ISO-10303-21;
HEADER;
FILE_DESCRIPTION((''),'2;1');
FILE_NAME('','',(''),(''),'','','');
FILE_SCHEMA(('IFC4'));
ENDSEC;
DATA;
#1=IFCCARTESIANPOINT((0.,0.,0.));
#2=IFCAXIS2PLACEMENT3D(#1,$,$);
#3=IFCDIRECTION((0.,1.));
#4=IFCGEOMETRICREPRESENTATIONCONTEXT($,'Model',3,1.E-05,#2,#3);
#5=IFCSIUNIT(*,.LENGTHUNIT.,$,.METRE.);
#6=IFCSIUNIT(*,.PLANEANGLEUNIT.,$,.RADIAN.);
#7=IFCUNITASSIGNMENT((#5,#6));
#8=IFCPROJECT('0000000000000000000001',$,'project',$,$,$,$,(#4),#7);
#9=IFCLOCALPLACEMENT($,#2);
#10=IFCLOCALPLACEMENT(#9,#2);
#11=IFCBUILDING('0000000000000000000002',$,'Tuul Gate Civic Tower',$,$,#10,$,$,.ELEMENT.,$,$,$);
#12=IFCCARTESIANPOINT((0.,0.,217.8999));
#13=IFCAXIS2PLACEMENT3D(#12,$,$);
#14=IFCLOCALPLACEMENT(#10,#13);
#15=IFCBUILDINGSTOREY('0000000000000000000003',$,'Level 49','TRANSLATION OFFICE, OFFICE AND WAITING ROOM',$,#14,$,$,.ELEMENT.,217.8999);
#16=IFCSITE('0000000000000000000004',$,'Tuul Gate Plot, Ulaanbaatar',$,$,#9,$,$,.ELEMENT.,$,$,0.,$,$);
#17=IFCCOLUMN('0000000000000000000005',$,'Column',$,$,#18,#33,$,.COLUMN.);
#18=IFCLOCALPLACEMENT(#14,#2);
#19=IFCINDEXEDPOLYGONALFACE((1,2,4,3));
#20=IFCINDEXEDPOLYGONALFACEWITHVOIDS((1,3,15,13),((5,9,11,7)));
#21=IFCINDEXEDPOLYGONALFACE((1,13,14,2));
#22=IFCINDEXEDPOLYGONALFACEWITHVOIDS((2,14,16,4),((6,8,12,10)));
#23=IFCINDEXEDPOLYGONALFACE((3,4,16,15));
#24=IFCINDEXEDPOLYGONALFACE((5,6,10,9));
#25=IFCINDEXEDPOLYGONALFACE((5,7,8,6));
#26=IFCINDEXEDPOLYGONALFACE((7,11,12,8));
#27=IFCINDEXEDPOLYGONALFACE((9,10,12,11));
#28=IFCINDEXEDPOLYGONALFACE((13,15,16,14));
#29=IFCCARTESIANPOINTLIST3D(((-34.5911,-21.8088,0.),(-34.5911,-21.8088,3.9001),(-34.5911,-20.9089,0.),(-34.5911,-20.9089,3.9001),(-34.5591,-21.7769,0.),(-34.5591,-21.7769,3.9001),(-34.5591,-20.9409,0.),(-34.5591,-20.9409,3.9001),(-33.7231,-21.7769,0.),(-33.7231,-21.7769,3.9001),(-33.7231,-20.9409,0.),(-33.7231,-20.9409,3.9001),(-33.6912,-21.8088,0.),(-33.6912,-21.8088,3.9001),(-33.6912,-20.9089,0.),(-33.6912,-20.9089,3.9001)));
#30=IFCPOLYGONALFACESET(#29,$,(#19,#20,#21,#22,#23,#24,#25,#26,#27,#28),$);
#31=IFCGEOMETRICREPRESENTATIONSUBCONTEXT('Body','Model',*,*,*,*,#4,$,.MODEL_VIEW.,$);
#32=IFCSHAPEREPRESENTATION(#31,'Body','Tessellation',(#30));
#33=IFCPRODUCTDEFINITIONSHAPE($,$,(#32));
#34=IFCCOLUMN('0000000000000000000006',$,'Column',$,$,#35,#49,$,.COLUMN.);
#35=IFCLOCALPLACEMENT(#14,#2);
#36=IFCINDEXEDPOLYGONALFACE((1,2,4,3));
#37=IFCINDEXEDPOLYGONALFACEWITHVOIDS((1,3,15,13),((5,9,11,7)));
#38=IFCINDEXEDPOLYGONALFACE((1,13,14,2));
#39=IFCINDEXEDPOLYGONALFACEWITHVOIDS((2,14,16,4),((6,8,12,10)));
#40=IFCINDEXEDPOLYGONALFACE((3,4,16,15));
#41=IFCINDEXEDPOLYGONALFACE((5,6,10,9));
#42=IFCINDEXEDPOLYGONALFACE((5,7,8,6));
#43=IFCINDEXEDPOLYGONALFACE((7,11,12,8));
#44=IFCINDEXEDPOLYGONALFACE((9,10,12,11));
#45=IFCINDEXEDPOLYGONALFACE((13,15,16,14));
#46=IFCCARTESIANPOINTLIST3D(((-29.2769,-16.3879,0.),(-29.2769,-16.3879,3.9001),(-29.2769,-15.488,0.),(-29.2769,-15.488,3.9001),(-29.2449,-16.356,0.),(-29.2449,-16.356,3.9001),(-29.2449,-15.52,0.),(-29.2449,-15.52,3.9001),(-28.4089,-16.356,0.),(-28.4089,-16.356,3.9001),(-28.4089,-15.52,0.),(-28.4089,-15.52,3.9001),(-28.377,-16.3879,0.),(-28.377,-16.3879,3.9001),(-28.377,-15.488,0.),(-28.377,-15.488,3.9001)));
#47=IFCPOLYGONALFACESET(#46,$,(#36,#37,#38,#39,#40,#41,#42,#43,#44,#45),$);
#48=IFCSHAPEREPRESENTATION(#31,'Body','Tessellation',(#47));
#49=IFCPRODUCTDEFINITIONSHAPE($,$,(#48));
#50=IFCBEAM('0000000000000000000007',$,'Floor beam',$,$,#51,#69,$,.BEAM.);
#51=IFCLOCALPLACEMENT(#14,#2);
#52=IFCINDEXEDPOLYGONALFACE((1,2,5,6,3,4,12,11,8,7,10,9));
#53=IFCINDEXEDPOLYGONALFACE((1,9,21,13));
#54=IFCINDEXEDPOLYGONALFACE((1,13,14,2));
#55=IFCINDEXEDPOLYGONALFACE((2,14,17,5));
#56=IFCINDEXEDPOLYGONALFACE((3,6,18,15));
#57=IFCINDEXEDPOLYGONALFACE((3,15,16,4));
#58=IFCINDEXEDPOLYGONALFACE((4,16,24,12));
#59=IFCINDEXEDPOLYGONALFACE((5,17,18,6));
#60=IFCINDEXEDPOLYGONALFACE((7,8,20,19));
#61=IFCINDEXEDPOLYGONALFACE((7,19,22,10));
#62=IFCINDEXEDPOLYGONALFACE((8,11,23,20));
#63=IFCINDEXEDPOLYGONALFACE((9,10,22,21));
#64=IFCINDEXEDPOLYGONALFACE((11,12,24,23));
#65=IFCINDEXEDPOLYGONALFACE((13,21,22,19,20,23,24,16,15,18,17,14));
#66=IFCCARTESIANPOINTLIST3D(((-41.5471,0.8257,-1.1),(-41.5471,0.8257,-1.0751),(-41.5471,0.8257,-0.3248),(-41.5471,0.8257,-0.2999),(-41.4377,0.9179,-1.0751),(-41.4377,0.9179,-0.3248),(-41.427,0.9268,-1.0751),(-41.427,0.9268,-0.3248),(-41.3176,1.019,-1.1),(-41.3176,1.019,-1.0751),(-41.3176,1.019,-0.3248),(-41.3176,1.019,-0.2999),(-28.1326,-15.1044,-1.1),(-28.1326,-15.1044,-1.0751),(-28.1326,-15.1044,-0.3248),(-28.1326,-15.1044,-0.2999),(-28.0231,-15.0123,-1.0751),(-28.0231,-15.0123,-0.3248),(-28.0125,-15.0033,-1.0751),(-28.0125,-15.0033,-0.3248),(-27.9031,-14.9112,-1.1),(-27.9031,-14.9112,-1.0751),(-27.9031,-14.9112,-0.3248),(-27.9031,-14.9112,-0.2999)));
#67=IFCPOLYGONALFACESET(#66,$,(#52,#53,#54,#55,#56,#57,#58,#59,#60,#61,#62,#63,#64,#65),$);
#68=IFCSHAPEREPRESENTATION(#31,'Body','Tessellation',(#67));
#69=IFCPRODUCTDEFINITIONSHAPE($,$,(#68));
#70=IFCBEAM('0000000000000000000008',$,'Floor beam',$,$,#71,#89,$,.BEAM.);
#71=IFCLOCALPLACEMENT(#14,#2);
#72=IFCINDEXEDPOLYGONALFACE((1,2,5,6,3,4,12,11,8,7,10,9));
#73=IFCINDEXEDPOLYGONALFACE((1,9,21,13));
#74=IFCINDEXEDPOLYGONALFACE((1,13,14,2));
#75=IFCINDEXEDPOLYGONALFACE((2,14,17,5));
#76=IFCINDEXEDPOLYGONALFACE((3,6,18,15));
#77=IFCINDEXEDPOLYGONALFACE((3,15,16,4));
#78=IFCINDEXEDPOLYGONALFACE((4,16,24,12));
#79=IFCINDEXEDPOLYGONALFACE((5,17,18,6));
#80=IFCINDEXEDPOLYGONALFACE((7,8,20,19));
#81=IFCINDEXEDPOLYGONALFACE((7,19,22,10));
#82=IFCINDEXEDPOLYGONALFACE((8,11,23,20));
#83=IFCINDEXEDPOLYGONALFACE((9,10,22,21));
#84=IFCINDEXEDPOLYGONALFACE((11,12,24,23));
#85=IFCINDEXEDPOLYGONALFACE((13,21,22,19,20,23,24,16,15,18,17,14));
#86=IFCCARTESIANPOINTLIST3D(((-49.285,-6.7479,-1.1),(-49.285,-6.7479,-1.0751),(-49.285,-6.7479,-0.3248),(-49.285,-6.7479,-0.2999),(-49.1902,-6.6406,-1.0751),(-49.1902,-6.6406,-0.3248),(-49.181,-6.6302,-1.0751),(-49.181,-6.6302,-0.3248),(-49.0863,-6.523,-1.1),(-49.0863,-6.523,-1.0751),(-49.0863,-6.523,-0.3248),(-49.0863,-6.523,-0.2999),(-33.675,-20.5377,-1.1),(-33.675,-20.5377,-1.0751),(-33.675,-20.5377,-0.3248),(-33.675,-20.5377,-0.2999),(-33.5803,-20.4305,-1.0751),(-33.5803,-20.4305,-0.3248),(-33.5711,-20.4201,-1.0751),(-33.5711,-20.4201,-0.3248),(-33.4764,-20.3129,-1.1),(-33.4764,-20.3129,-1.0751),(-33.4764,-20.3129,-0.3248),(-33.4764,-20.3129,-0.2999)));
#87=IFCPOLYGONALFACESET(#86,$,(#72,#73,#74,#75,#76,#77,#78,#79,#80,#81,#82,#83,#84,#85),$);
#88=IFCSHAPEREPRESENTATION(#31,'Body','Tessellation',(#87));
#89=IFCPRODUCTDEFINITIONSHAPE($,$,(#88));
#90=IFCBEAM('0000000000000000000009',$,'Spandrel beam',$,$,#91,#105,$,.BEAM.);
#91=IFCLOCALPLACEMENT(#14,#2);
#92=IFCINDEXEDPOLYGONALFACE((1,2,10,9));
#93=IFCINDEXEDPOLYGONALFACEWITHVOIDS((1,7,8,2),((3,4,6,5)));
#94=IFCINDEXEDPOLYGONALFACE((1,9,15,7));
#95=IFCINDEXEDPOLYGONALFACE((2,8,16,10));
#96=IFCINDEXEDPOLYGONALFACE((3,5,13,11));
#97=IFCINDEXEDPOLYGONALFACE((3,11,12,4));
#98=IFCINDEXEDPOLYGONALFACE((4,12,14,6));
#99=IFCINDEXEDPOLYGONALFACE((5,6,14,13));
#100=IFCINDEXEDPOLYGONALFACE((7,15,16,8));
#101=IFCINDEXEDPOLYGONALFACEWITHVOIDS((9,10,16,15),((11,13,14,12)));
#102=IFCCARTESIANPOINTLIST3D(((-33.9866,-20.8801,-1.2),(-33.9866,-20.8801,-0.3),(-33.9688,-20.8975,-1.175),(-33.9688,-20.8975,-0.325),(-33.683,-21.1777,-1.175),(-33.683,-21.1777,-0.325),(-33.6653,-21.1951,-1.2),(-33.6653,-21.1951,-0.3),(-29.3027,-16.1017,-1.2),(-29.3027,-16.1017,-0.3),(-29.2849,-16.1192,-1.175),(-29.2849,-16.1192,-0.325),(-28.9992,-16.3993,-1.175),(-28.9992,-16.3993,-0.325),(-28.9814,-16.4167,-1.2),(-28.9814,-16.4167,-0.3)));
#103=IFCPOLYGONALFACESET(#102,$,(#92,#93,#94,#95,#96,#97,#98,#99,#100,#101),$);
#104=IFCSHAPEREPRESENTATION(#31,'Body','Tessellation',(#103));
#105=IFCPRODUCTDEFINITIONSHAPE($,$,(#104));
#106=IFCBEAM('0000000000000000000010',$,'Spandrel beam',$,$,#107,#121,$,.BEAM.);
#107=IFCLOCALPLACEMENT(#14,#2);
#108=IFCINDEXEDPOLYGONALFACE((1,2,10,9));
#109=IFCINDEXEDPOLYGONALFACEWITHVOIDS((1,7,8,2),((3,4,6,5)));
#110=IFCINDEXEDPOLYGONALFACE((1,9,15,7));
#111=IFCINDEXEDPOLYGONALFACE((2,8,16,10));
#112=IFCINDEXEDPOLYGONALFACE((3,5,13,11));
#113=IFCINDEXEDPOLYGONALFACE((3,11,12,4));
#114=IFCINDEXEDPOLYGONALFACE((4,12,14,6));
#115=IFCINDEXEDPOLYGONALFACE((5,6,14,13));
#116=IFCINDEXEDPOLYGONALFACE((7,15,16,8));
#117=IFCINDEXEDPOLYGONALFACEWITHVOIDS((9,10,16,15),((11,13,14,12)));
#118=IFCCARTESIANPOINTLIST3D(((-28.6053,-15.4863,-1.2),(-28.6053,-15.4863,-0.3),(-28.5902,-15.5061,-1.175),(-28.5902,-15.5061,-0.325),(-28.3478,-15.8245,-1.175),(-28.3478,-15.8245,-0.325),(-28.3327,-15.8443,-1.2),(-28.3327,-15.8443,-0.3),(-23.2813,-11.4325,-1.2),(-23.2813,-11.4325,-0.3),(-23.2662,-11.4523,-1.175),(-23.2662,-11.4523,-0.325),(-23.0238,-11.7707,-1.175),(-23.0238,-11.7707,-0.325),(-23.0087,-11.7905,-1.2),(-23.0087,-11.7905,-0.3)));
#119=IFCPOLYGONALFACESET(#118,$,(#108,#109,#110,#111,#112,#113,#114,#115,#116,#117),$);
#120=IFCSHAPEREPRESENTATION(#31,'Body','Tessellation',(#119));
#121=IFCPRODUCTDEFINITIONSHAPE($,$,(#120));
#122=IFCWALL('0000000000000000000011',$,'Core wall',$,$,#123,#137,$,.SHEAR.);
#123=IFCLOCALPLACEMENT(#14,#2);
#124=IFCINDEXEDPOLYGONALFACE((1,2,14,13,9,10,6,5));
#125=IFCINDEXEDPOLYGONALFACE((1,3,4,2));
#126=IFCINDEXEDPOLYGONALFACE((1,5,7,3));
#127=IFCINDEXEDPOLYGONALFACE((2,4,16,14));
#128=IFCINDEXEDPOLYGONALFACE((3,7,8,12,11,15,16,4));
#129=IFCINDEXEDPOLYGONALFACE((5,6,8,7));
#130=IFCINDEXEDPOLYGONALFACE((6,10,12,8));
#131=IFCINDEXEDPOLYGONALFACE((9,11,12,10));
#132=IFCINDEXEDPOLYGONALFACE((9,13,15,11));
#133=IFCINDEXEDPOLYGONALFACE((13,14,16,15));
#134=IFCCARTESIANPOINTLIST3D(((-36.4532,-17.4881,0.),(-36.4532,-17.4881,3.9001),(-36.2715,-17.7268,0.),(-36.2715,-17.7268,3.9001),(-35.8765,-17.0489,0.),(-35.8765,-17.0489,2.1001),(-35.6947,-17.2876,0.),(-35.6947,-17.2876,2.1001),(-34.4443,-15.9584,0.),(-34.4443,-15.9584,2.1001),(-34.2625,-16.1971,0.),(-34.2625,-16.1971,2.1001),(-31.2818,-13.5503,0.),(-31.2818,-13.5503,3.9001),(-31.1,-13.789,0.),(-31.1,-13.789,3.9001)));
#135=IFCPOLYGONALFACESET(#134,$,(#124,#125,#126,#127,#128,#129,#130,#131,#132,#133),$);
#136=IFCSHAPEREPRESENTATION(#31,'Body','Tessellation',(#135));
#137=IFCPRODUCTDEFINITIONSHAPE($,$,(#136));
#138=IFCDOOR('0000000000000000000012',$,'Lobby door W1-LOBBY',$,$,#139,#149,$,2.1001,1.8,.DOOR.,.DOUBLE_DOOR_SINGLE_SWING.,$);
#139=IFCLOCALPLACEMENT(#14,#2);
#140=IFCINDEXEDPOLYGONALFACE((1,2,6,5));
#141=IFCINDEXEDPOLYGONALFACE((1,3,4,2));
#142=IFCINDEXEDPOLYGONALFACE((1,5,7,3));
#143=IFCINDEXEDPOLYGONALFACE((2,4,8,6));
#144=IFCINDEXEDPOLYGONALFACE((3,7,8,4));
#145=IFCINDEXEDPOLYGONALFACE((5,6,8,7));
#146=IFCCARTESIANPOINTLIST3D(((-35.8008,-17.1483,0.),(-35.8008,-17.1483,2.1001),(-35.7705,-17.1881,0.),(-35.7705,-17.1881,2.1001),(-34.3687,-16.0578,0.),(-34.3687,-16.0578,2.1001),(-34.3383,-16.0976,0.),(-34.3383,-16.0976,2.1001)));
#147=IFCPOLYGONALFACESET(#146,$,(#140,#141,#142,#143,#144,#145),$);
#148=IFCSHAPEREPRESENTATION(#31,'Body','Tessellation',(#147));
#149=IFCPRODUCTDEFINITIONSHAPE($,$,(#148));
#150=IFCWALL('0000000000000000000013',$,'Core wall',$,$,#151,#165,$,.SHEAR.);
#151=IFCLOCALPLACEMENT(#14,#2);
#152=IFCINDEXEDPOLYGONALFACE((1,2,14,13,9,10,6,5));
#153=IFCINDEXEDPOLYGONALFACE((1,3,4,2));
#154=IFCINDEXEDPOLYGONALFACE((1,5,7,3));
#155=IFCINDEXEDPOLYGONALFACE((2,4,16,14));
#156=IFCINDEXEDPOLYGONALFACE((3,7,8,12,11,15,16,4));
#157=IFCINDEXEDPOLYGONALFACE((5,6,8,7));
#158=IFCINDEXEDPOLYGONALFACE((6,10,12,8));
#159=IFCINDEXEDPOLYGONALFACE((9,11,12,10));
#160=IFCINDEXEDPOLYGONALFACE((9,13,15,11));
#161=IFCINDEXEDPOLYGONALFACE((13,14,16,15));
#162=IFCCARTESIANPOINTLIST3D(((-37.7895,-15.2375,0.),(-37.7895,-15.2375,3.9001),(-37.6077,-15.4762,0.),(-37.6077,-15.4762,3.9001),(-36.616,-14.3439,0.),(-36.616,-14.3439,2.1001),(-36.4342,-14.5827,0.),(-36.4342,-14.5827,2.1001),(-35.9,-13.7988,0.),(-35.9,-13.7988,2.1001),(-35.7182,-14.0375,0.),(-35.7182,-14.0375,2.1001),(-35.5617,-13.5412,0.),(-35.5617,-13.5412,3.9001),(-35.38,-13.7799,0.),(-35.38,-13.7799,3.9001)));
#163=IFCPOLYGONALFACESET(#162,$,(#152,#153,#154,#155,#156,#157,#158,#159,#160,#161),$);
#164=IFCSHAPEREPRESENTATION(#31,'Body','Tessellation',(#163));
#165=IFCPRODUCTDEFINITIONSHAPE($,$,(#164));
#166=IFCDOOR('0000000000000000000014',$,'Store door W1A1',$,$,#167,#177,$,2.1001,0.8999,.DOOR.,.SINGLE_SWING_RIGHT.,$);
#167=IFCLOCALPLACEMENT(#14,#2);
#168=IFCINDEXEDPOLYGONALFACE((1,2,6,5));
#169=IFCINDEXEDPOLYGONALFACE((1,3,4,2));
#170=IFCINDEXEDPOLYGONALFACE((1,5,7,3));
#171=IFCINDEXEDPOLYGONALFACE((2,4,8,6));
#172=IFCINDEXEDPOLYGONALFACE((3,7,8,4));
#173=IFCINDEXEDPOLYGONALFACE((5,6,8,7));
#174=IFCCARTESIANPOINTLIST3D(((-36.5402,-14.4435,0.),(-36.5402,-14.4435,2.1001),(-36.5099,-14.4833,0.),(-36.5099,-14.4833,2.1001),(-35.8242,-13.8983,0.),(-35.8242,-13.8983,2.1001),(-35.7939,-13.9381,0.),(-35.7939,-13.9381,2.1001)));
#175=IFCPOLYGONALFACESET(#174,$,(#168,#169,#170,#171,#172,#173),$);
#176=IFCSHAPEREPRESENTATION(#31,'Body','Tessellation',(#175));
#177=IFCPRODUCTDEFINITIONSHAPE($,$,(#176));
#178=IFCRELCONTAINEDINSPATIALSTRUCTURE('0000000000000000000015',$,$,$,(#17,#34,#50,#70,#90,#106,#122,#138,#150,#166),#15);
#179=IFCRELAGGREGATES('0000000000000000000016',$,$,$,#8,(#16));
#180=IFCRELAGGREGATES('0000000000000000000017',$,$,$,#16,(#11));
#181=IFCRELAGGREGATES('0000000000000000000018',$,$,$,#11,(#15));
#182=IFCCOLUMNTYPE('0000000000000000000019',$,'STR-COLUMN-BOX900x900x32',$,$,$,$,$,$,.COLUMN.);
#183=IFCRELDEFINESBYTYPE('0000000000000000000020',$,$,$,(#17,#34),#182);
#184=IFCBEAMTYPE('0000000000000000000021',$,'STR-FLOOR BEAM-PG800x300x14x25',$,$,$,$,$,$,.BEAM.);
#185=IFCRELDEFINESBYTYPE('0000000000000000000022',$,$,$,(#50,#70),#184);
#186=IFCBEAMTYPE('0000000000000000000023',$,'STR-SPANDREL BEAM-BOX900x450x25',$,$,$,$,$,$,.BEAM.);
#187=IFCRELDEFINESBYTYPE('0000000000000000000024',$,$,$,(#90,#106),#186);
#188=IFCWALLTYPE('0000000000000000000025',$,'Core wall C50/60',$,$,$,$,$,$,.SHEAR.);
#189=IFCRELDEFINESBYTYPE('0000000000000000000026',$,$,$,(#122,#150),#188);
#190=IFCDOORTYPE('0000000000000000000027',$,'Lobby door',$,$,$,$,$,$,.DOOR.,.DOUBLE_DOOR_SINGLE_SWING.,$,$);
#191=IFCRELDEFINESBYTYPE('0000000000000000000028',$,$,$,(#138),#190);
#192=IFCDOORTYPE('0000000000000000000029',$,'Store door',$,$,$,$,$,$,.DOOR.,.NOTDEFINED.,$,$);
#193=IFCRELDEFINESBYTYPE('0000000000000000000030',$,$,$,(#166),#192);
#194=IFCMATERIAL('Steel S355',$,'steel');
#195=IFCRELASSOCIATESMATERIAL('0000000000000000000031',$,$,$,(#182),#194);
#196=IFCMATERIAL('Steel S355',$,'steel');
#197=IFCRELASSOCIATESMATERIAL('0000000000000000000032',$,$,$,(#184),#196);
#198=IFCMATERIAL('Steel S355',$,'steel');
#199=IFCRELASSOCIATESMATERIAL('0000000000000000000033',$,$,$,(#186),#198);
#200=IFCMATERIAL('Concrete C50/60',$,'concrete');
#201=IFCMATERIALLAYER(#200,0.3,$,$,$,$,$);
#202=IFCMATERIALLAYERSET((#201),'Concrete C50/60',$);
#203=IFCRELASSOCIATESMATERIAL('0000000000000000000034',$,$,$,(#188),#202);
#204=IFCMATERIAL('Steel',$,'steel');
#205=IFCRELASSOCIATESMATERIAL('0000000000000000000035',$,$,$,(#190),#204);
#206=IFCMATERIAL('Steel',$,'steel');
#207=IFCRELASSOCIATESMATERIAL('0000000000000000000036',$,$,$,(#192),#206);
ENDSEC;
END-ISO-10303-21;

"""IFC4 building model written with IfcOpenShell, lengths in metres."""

from ifc_helpers import new_model, si_unit, direction, frame, frame_2d, origin, origin_2d, place, context, subcontext, project, spatial, rectangle, hollow_rectangle, i_section, extrude, material, layer, layer_set, material_profile, profile_set, type_object, element, fill, save


model = new_model("IFC4")

# Units and contexts
model_context = context("Model", 3, precision=1e-05, world=origin(), true_north=direction((0.0, 1.0)))
body_context = subcontext(model_context, "Body", "Model", "MODEL_VIEW")
ifc_project = project(units=[si_unit("LENGTHUNIT", "METRE"), si_unit("PLANEANGLEUNIT", "RADIAN")], contexts=[model_context])

# Site, building, storey
site_placement = place(None, origin())
site = spatial("IfcSite", under=ifc_project, at=site_placement, Name="Tuul Gate Plot, Ulaanbaatar", CompositionType="ELEMENT", RefElevation=0.0)
building_placement = place(site_placement, origin())
building = spatial("IfcBuilding", under=site, at=building_placement, Name="Tuul Gate Civic Tower", CompositionType="ELEMENT")
storey_placement = place(building_placement, frame((0.0, 0.0, 217.8999)))
storey = spatial("IfcBuildingStorey", under=building, at=storey_placement, Name="Level 49", Description="TRANSLATION OFFICE, OFFICE AND WAITING ROOM", CompositionType="ELEMENT", Elevation=217.8999)

# Columns
ifc_material_1 = material(Name="Steel S355", Category="steel")
ifc_material_profile_1 = material_profile(ifc_material_1, hollow_rectangle(XDim=0.8999, YDim=0.8999, WallThickness=0.032, at=origin_2d()), Name="BOX900x900x32")
ifc_profile_set_1 = profile_set([ifc_material_profile_1], Name="Steel S355")
column_type = type_object("IfcColumnType", Name="STR-COLUMN-BOX900x900x32", PredefinedType="COLUMN", material=ifc_profile_set_1)
for number, where, z_axis, x_axis, name in (
    (1, (-34.1411, -21.3589, 0.0), (0.0, 0.0, 1.0), (1.0, 0.0, 0.0), "Column"),
    (2, (-28.8269, -15.938, 0.0), (0.0, 0.0, 1.0), (1.0, 0.0, 0.0), "Column"),
):
    element("IfcColumn", number, at=place(storey_placement, frame(where, z_axis=z_axis, x_axis=x_axis)), inside=storey, type_object=column_type, Name=name, PredefinedType="COLUMN", context=body_context, shape_type="SweptSolid", body=[
        extrude(hollow_rectangle(XDim=0.8999, YDim=0.8999, WallThickness=0.032, at=origin_2d()), origin(), (0.0, 0.0, 1.0), 3.9001),
    ])

# Beams
ifc_material_2 = material(Name="Steel S355", Category="steel")
ifc_material_profile_2 = material_profile(ifc_material_2, i_section(OverallWidth=0.3, OverallDepth=0.8, WebThickness=0.0139, FlangeThickness=0.0249, at=origin_2d()), Name="PG800x300x14x25")
ifc_profile_set_2 = profile_set([ifc_material_profile_2], Name="Steel S355")
beam_type_1 = type_object("IfcBeamType", Name="STR-FLOOR BEAM-PG800x300x14x25", PredefinedType="BEAM", material=ifc_profile_set_2)
beam_1_placement = place(storey_placement, frame((-28.0178, -15.0078, -0.7), z_axis=(-0.644126, 0.764919, 0.0), x_axis=(-0.764919, -0.644126, 0.0)))
element("IfcBeam", 3, at=beam_1_placement, inside=storey, type_object=beam_type_1, Name="Floor beam", PredefinedType="BEAM", context=body_context, shape_type="SweptSolid", body=[
    extrude(i_section(OverallWidth=0.3, OverallDepth=0.8, WebThickness=0.0139, FlangeThickness=0.0249, at=origin_2d()), origin(), (0.0, 0.0, 1.0), 20.8259),
])
beam_2_placement = place(storey_placement, frame((-33.5757, -20.4253, -0.7), z_axis=(-0.749447, 0.662064, 0.0), x_axis=(-0.662064, -0.749447, 0.0)))
element("IfcBeam", 4, at=beam_2_placement, inside=storey, type_object=beam_type_1, Name="Floor beam", PredefinedType="BEAM", context=body_context, shape_type="SweptSolid", body=[
    extrude(i_section(OverallWidth=0.3, OverallDepth=0.8, WebThickness=0.0139, FlangeThickness=0.0249, at=origin_2d()), origin(), (0.0, 0.0, 1.0), 20.8286),
])
ifc_material_3 = material(Name="Steel S355", Category="steel")
ifc_material_profile_3 = material_profile(ifc_material_3, hollow_rectangle(XDim=0.45, YDim=0.8999, WallThickness=0.0249, at=origin_2d()), Name="BOX900x450x25")
ifc_profile_set_3 = profile_set([ifc_material_profile_3], Name="Steel S355")
beam_type_2 = type_object("IfcBeamType", Name="STR-SPANDREL BEAM-BOX900x450x25", PredefinedType="BEAM", material=ifc_profile_set_3)
beam_3_placement = place(storey_placement, frame((-33.8259, -21.0376, -0.75), z_axis=(0.700011, 0.714132, 0.0), x_axis=(-0.714132, 0.700011, 0.0)))
element("IfcBeam", 5, at=beam_3_placement, inside=storey, type_object=beam_type_2, Name="Spandrel beam", PredefinedType="BEAM", context=body_context, shape_type="SweptSolid", body=[
    extrude(hollow_rectangle(XDim=0.45, YDim=0.8999, WallThickness=0.0249, at=origin_2d()), origin(), (0.0, 0.0, 1.0), 6.6912),
])
beam_4_placement = place(storey_placement, frame((-28.469, -15.6653, -0.75), z_axis=(0.795623, 0.605793, 0.0), x_axis=(-0.605793, 0.795623, 0.0)))
element("IfcBeam", 6, at=beam_4_placement, inside=storey, type_object=beam_type_2, Name="Spandrel beam", PredefinedType="BEAM", context=body_context, shape_type="SweptSolid", body=[
    extrude(hollow_rectangle(XDim=0.45, YDim=0.8999, WallThickness=0.0249, at=origin_2d()), origin(), (0.0, 0.0, 1.0), 6.6917),
])

# Walls, openings, doors
ifc_material_4 = material(Name="Concrete C50/60", Category="concrete")
ifc_layer_1 = layer(ifc_material_4, 0.3)
ifc_layer_set_1 = layer_set([ifc_layer_1], Name="Concrete C50/60")
wall_type_1 = type_object("IfcWallType", Name="Core wall C50/60", PredefinedType="SHEAR", material=ifc_layer_set_1)
wall_1_placement = place(storey_placement, frame((-31.1909, -13.6697, 0.0), z_axis=(0.0, 0.0, 1.0), x_axis=(-0.795607, -0.605813, 0.0)))
wall_1 = element("IfcWall", 7, at=wall_1_placement, inside=storey, type_object=wall_type_1, Name="Core wall", PredefinedType="SHEAR", context=body_context, shape_type="SweptSolid", body=[
    extrude(rectangle(XDim=6.5, YDim=0.3, at=frame_2d((3.25, 0.0))), origin(), (0.0, 0.0, 1.0), 3.9001),
])
opening_1_placement = place(wall_1_placement, frame((3.9751, 0.0, 0.0)))
opening_1 = element("IfcOpeningElement", 8, at=opening_1_placement, cuts=wall_1, PredefinedType="OPENING", context=body_context, shape_type="SweptSolid", body=[
    extrude(rectangle(XDim=1.8, YDim=2.1001, at=frame_2d((0.8999, 1.05))), frame((0.0, 0.1602, 0.0), z_axis=(0.0, -1.0, 0.0), x_axis=(1.0, 0.0, 0.0)), (0.0, 0.0, 1.0), 0.3201),
])
ifc_material_5 = material(Name="Steel", Category="steel")
door_type_1 = type_object("IfcDoorType", Name="Lobby door", OperationType="DOUBLE_DOOR_SINGLE_SWING", PredefinedType="DOOR", material=ifc_material_5)
door_1_placement = place(opening_1_placement, origin())
door_1 = element("IfcDoor", 9, at=door_1_placement, inside=storey, type_object=door_type_1, Name="Lobby door W1-LOBBY", OperationType="DOUBLE_DOOR_SINGLE_SWING", OverallHeight=2.1001, OverallWidth=1.8, PredefinedType="DOOR", context=body_context, shape_type="SweptSolid", body=[
    extrude(rectangle(XDim=1.8, YDim=2.1001, at=frame_2d((0.8999, 1.05))), frame((0.0, 0.0249, 0.0), z_axis=(0.0, -1.0, 0.0), x_axis=(1.0, 0.0, 0.0)), (0.0, 0.0, 1.0), 0.05),
])
fill(opening_1, door_1)
wall_2_placement = place(storey_placement, frame((-35.4709, -13.6606, 0.0), z_axis=(0.0, 0.0, 1.0), x_axis=(-0.795616, -0.605802, 0.0)))
wall_2 = element("IfcWall", 10, at=wall_2_placement, inside=storey, type_object=wall_type_1, Name="Core wall", PredefinedType="SHEAR", context=body_context, shape_type="SweptSolid", body=[
    extrude(rectangle(XDim=2.8, YDim=0.3, at=frame_2d((1.3999, 0.0))), origin(), (0.0, 0.0, 1.0), 3.9001),
])
opening_2_placement = place(wall_2_placement, frame((0.425, 0.0, 0.0)))
opening_2 = element("IfcOpeningElement", 11, at=opening_2_placement, cuts=wall_2, PredefinedType="OPENING", context=body_context, shape_type="SweptSolid", body=[
    extrude(rectangle(XDim=0.8999, YDim=2.1001, at=frame_2d((0.45, 1.05))), frame((0.0, 0.1602, 0.0), z_axis=(0.0, -1.0, 0.0), x_axis=(1.0, 0.0, 0.0)), (0.0, 0.0, 1.0), 0.3201),
])
ifc_material_6 = material(Name="Steel", Category="steel")
door_type_2 = type_object("IfcDoorType", Name="Store door", OperationType="NOTDEFINED", PredefinedType="DOOR", material=ifc_material_6)
door_2_placement = place(opening_2_placement, frame((0.8999, 0.0, 0.0), z_axis=(0.0, 0.0, 1.0), x_axis=(-1.0, 0.0, 0.0)))
door_2 = element("IfcDoor", 12, at=door_2_placement, inside=storey, type_object=door_type_2, Name="Store door W1A1", OperationType="SINGLE_SWING_RIGHT", OverallHeight=2.1001, OverallWidth=0.8999, PredefinedType="DOOR", context=body_context, shape_type="SweptSolid", body=[
    extrude(rectangle(XDim=0.8999, YDim=2.1001, at=frame_2d((0.45, 1.05))), frame((0.0, 0.0249, 0.0), z_axis=(0.0, -1.0, 0.0), x_axis=(1.0, 0.0, 0.0)), (0.0, 0.0, 1.0), 0.05),
])
fill(opening_2, door_2)

save(model, "model.ifc")
